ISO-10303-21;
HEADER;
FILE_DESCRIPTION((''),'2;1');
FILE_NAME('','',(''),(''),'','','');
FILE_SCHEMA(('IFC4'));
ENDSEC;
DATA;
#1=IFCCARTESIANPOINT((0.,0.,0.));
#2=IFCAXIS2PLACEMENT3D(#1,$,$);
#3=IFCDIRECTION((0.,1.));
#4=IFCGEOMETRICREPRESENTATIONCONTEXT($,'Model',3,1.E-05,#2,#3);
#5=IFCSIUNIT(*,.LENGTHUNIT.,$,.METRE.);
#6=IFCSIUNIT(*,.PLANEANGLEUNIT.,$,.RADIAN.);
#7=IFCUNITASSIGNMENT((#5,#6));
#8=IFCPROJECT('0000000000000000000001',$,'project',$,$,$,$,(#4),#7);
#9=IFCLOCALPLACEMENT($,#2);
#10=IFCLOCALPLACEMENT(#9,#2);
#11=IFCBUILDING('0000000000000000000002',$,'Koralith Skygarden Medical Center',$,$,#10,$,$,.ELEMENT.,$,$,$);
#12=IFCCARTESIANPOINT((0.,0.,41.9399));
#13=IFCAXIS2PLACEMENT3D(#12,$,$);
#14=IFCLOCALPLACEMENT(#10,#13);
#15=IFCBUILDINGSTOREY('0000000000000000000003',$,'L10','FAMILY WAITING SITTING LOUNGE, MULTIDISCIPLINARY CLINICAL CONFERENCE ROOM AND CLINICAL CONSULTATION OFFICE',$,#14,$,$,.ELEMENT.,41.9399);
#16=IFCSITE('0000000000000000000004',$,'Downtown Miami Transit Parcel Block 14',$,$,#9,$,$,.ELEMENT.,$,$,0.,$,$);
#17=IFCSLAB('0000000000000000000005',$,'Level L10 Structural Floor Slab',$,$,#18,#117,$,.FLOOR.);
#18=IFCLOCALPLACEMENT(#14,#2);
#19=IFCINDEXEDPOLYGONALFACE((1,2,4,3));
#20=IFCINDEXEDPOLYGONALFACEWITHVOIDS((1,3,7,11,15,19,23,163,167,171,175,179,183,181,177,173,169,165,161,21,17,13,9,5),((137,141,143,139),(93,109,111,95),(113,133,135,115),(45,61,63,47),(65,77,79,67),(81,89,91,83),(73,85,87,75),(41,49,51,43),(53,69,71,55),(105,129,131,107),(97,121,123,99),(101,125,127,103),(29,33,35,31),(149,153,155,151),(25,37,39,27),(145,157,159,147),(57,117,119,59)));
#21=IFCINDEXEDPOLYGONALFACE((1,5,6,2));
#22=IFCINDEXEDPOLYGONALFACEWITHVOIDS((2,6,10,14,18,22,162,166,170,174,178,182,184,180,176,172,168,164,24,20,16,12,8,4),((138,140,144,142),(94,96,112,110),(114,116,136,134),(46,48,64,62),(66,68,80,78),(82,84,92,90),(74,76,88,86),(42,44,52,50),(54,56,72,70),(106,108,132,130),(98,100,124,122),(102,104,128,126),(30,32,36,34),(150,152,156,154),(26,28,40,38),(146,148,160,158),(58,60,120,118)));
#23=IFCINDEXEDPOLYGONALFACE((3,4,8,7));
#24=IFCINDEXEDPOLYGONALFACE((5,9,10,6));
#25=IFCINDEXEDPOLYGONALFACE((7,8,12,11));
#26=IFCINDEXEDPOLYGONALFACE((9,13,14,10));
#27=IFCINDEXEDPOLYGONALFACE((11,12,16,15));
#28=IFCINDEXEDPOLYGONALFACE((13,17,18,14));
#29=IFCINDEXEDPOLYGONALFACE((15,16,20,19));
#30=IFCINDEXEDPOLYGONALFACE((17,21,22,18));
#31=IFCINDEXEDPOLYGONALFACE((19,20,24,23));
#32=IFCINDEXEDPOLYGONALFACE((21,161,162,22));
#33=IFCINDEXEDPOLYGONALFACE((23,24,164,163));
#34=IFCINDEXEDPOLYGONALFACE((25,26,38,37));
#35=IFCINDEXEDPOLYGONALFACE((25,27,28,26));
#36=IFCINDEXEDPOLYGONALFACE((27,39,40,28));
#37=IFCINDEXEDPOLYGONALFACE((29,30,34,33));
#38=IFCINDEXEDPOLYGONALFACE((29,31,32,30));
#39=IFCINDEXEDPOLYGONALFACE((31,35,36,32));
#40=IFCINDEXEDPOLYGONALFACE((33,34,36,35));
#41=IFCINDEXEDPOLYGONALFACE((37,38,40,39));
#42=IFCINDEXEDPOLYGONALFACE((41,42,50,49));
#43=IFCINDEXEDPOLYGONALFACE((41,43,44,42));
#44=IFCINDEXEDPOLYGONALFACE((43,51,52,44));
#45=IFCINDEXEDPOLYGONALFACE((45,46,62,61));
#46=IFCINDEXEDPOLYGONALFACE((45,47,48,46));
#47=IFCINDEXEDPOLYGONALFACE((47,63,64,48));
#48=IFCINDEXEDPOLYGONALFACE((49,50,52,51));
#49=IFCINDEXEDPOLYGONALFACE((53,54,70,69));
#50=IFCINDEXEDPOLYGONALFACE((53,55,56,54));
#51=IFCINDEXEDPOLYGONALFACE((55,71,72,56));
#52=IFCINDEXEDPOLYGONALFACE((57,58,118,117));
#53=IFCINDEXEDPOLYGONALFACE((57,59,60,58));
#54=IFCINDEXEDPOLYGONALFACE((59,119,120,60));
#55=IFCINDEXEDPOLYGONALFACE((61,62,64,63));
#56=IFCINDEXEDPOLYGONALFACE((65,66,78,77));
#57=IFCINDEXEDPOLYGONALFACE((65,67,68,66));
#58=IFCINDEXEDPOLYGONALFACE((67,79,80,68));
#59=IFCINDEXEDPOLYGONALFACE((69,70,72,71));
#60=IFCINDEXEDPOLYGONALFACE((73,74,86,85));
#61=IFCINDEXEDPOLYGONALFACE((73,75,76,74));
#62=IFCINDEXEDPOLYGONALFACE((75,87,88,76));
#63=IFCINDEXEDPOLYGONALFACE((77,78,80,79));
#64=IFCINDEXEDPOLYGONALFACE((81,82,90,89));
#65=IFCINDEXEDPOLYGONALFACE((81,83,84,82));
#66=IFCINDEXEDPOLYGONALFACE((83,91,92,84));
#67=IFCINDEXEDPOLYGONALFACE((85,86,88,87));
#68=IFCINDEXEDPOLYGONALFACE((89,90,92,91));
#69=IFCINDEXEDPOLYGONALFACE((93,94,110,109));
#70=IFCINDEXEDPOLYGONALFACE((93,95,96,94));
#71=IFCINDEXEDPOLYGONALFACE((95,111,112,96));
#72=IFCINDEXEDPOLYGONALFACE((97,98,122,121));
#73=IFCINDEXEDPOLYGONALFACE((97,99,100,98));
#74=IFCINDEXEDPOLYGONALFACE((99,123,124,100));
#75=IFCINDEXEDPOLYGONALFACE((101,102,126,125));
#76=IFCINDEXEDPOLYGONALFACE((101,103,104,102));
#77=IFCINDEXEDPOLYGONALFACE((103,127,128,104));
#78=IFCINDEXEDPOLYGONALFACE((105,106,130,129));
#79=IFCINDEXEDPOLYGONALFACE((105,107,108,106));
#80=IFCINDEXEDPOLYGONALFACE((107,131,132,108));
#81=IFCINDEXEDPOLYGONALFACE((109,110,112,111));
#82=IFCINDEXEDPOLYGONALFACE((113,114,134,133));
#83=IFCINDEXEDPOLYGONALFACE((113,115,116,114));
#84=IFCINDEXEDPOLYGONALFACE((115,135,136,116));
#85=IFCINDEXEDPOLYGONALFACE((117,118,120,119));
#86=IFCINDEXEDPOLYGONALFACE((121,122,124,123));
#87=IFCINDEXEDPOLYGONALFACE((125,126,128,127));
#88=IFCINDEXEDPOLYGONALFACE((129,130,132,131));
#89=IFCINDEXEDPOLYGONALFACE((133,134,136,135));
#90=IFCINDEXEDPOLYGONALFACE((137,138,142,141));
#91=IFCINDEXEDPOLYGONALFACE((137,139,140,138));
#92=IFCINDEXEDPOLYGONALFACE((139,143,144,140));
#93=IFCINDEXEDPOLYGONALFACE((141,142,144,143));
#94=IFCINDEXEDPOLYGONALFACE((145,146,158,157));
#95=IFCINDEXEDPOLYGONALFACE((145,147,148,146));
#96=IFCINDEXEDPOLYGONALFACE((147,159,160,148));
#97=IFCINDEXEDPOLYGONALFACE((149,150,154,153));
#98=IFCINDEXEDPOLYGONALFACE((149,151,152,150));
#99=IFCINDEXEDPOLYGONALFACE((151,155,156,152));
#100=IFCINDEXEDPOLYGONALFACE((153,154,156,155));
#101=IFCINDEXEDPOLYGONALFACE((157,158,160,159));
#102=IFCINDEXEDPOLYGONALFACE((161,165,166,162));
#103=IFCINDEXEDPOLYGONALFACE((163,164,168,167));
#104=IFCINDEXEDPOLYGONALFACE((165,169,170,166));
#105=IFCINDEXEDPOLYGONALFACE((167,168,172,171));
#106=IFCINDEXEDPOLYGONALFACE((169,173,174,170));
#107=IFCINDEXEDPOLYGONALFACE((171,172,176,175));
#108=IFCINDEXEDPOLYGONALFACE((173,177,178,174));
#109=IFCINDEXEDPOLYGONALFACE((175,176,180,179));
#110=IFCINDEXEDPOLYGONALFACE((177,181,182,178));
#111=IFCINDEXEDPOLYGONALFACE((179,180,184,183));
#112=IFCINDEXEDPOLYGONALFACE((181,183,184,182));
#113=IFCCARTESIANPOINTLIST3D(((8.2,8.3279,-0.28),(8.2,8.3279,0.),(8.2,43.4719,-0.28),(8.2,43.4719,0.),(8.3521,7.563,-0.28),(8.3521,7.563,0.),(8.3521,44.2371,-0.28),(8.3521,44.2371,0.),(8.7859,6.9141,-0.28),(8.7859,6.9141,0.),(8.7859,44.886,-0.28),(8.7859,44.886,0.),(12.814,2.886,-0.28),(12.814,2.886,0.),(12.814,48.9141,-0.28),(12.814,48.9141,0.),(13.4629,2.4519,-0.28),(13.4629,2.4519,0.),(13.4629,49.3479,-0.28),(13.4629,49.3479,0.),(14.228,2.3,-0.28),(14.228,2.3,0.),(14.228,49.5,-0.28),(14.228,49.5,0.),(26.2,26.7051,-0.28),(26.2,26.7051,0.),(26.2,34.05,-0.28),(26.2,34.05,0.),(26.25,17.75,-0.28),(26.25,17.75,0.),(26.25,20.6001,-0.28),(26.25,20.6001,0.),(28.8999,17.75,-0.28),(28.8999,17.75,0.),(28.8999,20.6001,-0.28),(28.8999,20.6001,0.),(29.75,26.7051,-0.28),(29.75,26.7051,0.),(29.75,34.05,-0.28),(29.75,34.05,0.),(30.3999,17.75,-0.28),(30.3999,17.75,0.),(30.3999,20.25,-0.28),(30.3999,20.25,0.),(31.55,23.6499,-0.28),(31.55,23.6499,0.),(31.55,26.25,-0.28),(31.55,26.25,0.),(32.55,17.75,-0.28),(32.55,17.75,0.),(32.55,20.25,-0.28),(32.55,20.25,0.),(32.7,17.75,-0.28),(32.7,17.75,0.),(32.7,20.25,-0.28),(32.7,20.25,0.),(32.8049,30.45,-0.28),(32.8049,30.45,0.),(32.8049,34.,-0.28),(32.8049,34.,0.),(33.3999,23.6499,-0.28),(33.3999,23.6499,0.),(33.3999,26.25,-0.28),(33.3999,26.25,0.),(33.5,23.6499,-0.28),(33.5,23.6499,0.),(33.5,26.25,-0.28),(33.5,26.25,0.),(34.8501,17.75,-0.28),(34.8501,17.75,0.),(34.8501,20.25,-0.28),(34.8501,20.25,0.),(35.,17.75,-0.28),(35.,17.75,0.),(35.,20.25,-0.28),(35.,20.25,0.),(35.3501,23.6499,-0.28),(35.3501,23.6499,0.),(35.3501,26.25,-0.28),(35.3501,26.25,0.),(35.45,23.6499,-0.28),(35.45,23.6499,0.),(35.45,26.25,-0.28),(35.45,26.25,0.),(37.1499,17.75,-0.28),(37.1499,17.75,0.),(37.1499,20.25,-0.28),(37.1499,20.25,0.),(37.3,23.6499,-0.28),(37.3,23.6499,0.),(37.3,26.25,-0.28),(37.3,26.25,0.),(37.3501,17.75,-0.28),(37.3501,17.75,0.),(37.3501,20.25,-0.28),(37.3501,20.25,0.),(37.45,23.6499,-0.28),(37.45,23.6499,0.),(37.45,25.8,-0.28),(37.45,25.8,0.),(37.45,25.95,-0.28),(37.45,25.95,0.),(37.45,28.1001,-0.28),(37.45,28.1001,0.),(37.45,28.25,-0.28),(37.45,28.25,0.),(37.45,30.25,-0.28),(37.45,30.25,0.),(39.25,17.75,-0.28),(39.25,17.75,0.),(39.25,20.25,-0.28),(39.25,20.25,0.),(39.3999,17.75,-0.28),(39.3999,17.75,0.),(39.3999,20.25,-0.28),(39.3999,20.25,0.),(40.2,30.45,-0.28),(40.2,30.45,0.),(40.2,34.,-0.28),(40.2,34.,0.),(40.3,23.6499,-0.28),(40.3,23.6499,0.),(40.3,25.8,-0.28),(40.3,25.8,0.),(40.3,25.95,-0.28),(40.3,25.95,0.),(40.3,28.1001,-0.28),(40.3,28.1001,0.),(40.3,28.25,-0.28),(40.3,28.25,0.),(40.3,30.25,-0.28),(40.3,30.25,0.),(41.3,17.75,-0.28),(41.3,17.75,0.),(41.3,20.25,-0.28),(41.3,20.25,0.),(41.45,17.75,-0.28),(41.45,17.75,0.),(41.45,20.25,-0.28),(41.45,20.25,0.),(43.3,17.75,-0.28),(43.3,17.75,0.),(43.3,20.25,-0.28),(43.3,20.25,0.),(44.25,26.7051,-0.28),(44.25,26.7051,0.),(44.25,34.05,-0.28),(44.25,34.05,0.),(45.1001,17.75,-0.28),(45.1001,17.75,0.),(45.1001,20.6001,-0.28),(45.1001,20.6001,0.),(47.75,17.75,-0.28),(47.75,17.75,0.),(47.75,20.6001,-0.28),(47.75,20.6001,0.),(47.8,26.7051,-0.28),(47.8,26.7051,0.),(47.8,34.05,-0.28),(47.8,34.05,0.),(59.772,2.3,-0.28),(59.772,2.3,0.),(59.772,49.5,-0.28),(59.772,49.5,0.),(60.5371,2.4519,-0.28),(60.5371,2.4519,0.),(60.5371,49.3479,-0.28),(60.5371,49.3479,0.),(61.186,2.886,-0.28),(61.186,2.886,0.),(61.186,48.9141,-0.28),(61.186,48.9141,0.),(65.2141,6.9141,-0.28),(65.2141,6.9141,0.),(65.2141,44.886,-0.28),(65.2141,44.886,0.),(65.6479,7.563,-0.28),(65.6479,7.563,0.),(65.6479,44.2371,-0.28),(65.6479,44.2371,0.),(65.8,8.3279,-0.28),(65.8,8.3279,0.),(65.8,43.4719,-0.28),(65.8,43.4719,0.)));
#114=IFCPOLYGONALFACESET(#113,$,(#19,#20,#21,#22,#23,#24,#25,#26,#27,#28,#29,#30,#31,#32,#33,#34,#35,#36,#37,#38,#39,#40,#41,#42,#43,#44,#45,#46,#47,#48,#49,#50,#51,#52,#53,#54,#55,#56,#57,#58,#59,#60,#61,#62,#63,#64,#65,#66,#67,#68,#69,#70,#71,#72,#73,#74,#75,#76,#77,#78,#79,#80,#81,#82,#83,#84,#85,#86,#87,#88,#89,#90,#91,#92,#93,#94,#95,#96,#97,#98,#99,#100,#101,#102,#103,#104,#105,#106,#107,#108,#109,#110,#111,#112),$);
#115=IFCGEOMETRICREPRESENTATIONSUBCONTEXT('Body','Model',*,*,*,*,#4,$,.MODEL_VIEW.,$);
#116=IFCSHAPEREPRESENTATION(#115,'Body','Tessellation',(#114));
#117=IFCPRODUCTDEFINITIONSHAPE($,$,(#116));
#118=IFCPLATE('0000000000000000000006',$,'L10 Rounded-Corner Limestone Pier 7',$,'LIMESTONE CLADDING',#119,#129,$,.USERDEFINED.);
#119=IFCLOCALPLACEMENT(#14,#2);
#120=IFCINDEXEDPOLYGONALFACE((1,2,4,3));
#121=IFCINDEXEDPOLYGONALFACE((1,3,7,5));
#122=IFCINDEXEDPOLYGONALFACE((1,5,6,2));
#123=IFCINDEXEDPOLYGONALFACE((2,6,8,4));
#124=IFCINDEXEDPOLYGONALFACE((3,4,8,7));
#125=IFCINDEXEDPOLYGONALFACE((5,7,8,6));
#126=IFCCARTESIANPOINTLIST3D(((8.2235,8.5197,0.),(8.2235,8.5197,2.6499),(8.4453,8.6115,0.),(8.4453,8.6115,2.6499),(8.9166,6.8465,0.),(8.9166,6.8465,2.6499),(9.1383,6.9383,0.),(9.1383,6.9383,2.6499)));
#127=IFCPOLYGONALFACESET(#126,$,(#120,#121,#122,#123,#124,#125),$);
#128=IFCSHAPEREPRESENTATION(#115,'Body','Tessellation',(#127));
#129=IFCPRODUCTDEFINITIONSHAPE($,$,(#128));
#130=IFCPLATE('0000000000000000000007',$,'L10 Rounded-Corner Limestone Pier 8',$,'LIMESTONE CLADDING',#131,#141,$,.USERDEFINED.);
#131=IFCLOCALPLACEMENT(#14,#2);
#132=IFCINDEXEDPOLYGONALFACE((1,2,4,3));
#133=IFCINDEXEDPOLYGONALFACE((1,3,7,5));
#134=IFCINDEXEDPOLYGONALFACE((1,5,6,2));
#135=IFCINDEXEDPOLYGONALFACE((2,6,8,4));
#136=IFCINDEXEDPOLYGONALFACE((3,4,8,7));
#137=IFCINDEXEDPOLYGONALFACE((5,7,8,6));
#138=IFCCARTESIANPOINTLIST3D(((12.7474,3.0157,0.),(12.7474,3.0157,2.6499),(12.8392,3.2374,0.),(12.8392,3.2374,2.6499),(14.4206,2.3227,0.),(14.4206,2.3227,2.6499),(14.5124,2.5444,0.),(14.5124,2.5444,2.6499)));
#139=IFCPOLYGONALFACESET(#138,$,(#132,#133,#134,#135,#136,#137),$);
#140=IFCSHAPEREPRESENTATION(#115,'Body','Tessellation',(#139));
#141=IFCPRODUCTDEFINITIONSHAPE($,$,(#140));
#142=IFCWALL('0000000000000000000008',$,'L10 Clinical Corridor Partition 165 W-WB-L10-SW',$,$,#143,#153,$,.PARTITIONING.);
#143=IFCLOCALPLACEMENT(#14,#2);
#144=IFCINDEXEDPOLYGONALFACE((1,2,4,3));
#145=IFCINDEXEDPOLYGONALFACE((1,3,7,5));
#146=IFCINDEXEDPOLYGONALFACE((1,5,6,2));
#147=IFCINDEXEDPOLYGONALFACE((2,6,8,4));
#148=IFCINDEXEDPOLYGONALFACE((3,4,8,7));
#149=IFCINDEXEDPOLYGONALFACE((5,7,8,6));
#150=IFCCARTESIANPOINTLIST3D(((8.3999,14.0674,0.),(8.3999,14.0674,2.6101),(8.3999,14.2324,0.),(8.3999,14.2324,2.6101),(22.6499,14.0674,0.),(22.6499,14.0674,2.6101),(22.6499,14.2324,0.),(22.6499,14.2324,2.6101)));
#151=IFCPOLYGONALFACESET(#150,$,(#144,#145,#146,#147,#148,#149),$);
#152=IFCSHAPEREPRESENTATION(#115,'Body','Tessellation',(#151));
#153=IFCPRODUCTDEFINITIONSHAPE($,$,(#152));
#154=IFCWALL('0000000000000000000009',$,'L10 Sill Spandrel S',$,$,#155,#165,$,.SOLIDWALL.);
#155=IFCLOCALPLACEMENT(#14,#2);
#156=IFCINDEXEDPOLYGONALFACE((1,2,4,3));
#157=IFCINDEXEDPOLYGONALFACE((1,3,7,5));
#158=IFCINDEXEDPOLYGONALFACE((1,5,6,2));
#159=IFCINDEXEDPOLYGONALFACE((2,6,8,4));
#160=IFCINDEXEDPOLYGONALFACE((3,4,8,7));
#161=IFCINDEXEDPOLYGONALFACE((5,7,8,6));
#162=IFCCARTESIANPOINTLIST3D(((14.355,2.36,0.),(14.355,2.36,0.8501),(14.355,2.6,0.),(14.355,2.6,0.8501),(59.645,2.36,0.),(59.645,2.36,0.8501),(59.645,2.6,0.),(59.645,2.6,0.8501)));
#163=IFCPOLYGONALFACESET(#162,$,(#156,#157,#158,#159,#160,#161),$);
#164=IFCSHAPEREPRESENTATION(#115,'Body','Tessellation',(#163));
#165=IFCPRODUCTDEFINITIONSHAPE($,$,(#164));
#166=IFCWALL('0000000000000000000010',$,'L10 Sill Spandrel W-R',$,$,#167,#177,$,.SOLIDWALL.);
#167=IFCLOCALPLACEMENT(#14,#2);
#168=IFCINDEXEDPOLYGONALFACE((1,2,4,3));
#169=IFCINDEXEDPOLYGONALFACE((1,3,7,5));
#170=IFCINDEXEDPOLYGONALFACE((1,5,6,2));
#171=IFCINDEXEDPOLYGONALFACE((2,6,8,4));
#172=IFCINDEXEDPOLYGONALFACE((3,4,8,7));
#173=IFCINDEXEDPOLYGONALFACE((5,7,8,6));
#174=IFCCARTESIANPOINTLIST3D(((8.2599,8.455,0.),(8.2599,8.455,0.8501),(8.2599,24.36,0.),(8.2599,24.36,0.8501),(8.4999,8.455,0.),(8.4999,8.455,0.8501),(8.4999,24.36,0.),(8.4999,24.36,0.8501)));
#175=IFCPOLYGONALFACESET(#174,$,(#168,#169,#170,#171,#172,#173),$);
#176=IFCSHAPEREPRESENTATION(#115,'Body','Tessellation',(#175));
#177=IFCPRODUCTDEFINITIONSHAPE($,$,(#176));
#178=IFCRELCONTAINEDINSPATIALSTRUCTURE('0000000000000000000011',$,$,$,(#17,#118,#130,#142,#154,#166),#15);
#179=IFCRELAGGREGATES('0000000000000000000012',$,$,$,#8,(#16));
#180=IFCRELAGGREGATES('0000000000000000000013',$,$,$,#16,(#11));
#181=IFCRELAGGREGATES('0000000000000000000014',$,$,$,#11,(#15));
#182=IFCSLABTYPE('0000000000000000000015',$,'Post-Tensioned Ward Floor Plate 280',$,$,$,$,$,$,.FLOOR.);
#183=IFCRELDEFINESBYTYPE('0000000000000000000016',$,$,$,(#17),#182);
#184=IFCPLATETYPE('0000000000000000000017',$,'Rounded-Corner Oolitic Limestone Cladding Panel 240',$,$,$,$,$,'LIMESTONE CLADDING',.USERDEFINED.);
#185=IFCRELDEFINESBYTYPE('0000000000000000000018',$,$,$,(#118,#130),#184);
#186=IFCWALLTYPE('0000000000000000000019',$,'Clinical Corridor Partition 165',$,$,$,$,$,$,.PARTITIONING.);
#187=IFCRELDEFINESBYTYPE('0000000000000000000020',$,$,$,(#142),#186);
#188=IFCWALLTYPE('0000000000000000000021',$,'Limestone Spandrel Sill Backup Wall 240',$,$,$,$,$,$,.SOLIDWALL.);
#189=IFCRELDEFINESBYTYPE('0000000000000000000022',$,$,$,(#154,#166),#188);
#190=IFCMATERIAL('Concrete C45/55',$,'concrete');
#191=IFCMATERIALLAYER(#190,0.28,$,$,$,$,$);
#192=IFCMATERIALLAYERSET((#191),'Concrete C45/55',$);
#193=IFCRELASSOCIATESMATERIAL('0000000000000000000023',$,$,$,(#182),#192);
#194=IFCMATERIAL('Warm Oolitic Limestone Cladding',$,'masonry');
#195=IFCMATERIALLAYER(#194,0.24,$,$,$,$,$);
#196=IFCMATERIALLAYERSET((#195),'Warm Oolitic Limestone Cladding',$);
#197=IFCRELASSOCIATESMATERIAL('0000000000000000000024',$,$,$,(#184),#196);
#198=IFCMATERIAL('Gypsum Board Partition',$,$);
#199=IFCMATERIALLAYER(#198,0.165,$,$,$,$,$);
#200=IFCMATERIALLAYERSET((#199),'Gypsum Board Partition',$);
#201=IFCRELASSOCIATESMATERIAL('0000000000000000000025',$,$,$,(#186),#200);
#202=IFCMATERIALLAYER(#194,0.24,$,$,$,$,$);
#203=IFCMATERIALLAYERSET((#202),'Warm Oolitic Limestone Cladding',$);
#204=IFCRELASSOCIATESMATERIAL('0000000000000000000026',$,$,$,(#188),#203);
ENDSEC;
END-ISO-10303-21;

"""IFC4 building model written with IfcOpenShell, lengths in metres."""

from ifc_helpers import new_model, si_unit, direction, frame, frame_2d, origin, origin_2d, place, context, subcontext, project, spatial, polyline, rectangle, outline, extrude, material, layer, layer_set, type_object, element, save


model = new_model("IFC4")

# Units and contexts
model_context = context("Model", 3, precision=1e-05, world=origin(), true_north=direction((0.0, 1.0)))
body_context = subcontext(model_context, "Body", "Model", "MODEL_VIEW")
ifc_project = project(units=[si_unit("LENGTHUNIT", "METRE"), si_unit("PLANEANGLEUNIT", "RADIAN")], contexts=[model_context])

# Site, building, storey
site_placement = place(None, origin())
site = spatial("IfcSite", under=ifc_project, at=site_placement, Name="Downtown Miami Transit Parcel Block 14", CompositionType="ELEMENT", RefElevation=0.0)
building_placement = place(site_placement, origin())
building = spatial("IfcBuilding", under=site, at=building_placement, Name="Koralith Skygarden Medical Center", CompositionType="ELEMENT")
storey_placement = place(building_placement, frame((0.0, 0.0, 41.9399)))
storey = spatial("IfcBuildingStorey", under=building, at=storey_placement, Name="L10", Description="FAMILY WAITING SITTING LOUNGE, MULTIDISCIPLINARY CLINICAL CONFERENCE ROOM AND CLINICAL CONSULTATION OFFICE", CompositionType="ELEMENT", Elevation=41.9399)

# Shared definitions
ifc_material_1 = material(Name="Concrete C45/55", Category="concrete")

# Slab
ifc_layer_1 = layer(ifc_material_1, 0.28)
ifc_layer_set_1 = layer_set([ifc_layer_1], Name="Concrete C45/55")
slab_type_1 = type_object("IfcSlabType", Name="Post-Tensioned Ward Floor Plate 280", PredefinedType="FLOOR", material=ifc_layer_set_1)
slab_1_placement = place(storey_placement, frame((0.0, 0.0, -0.28)))
element("IfcSlab", 1, at=slab_1_placement, inside=storey, type_object=slab_type_1, Name="Level L10 Structural Floor Slab", PredefinedType="FLOOR", context=body_context, shape_type="SweptSolid", body=[
    extrude(outline(polyline([(12.814, 2.886), (13.4629, 2.4519), (14.228, 2.3), (59.772, 2.3), (60.5371, 2.4519), (61.186, 2.886), (65.2141, 6.9141), (65.6479, 7.563), (65.8, 8.3279), (65.8, 43.4719), (65.6479, 44.2371), (65.2141, 44.886), (61.186, 48.9141), (60.5371, 49.3479), (59.772, 49.5), (14.228, 49.5), (13.4629, 49.3479), (12.814, 48.9141), (8.7859, 44.886), (8.3521, 44.2371), (8.2, 43.4719), (8.2, 8.3279), (8.3521, 7.563), (8.7859, 6.9141), (12.814, 2.886)]), holes=[polyline([(26.2, 26.7051), (29.75, 26.7051), (29.75, 34.05), (26.2, 34.05), (26.2, 26.7051)]), polyline([(44.25, 26.7051), (47.8, 26.7051), (47.8, 34.05), (44.25, 34.05), (44.25, 26.7051)]), polyline([(32.8049, 30.45), (40.2, 30.45), (40.2, 34.0), (32.8049, 34.0), (32.8049, 30.45)]), polyline([(26.25, 17.75), (28.8999, 17.75), (28.8999, 20.6001), (26.25, 20.6001), (26.25, 17.75)]), polyline([(45.1001, 17.75), (47.75, 17.75), (47.75, 20.6001), (45.1001, 20.6001), (45.1001, 17.75)]), polyline([(30.3999, 17.75), (32.55, 17.75), (32.55, 20.25), (30.3999, 20.25), (30.3999, 17.75)]), polyline([(32.7, 17.75), (34.8501, 17.75), (34.8501, 20.25), (32.7, 20.25), (32.7, 17.75)]), polyline([(35.0, 17.75), (37.1499, 17.75), (37.1499, 20.25), (35.0, 20.25), (35.0, 17.75)]), polyline([(37.3501, 17.75), (39.25, 17.75), (39.25, 20.25), (37.3501, 20.25), (37.3501, 17.75)]), polyline([(39.3999, 17.75), (41.3, 17.75), (41.3, 20.25), (39.3999, 20.25), (39.3999, 17.75)]), polyline([(41.45, 17.75), (43.3, 17.75), (43.3, 20.25), (41.45, 20.25), (41.45, 17.75)]), polyline([(31.55, 23.6499), (33.3999, 23.6499), (33.3999, 26.25), (31.55, 26.25), (31.55, 23.6499)]), polyline([(33.5, 23.6499), (35.3501, 23.6499), (35.3501, 26.25), (33.5, 26.25), (33.5, 23.6499)]), polyline([(35.45, 23.6499), (37.3, 23.6499), (37.3, 26.25), (35.45, 26.25), (35.45, 23.6499)]), polyline([(37.45, 23.6499), (40.3, 23.6499), (40.3, 25.8), (37.45, 25.8), (37.45, 23.6499)]), polyline([(37.45, 25.95), (40.3, 25.95), (40.3, 28.1001), (37.45, 28.1001), (37.45, 25.95)]), polyline([(37.45, 28.25), (40.3, 28.25), (40.3, 30.25), (37.45, 30.25), (37.45, 28.25)])]), origin(), (0.0, 0.0, 1.0), 0.28),
])

# Plates
ifc_material_2 = material(Name="Warm Oolitic Limestone Cladding", Category="masonry")
ifc_layer_2 = layer(ifc_material_2, 0.24)
ifc_layer_set_2 = layer_set([ifc_layer_2], Name="Warm Oolitic Limestone Cladding")
plate_type_1 = type_object("IfcPlateType", Name="Rounded-Corner Oolitic Limestone Cladding Panel 240", ElementType="LIMESTONE CLADDING", PredefinedType="USERDEFINED", material=ifc_layer_set_2)
for number, where, z_axis, x_axis, name in (
    (2, (8.6809, 7.729, 0.0), (0.0, 0.0, 1.0), (0.382671, -0.923885, 0.0), "L10 Rounded-Corner Limestone Pier 7"),
    (3, (13.6299, 2.78, 0.0), (0.0, 0.0, 1.0), (0.923885, -0.382671, 0.0), "L10 Rounded-Corner Limestone Pier 8"),
):
    element("IfcPlate", number, at=place(storey_placement, frame(where, z_axis=z_axis, x_axis=x_axis)), inside=storey, type_object=plate_type_1, Name=name, ObjectType="LIMESTONE CLADDING", PredefinedType="USERDEFINED", context=body_context, shape_type="SweptSolid", body=[
        extrude(rectangle(XDim=1.811, YDim=0.24, at=origin_2d()), origin(), (0.0, 0.0, 1.0), 2.6499),
    ])

# Walls
ifc_material_3 = material(Name="Gypsum Board Partition")
ifc_layer_3 = layer(ifc_material_3, 0.165)
ifc_layer_set_3 = layer_set([ifc_layer_3], Name="Gypsum Board Partition")
wall_type_1 = type_object("IfcWallType", Name="Clinical Corridor Partition 165", PredefinedType="PARTITIONING", material=ifc_layer_set_3)
wall_1_placement = place(storey_placement, frame((8.3999, 14.1499, 0.0), z_axis=(0.0, 0.0, 1.0), x_axis=(1.0, 0.0, 0.0)))
element("IfcWall", 4, at=wall_1_placement, inside=storey, type_object=wall_type_1, Name="L10 Clinical Corridor Partition 165 W-WB-L10-SW", PredefinedType="PARTITIONING", context=body_context, shape_type="SweptSolid", body=[
    extrude(rectangle(XDim=14.25, YDim=0.165, at=frame_2d((7.125, 0.0))), origin(), (0.0, 0.0, 1.0), 2.6101),
])
ifc_layer_4 = layer(ifc_material_2, 0.24)
ifc_layer_set_4 = layer_set([ifc_layer_4], Name="Warm Oolitic Limestone Cladding")
wall_type_2 = type_object("IfcWallType", Name="Limestone Spandrel Sill Backup Wall 240", PredefinedType="SOLIDWALL", material=ifc_layer_set_4)
wall_2_placement = place(storey_placement, frame((14.355, 2.48, 0.0), z_axis=(0.0, 0.0, 1.0), x_axis=(1.0, 0.0, 0.0)))
element("IfcWall", 5, at=wall_2_placement, inside=storey, type_object=wall_type_2, Name="L10 Sill Spandrel S", PredefinedType="SOLIDWALL", context=body_context, shape_type="SweptSolid", body=[
    extrude(rectangle(XDim=45.29, YDim=0.24, at=frame_2d((22.645, 0.0))), origin(), (0.0, 0.0, 1.0), 0.8501),
])
wall_3_placement = place(storey_placement, frame((8.3799, 24.3601, 0.0), z_axis=(0.0, 0.0, 1.0), x_axis=(0.0, -1.0, 0.0)))
element("IfcWall", 6, at=wall_3_placement, inside=storey, type_object=wall_type_2, Name="L10 Sill Spandrel W-R", PredefinedType="SOLIDWALL", context=body_context, shape_type="SweptSolid", body=[
    extrude(rectangle(XDim=15.905, YDim=0.24, at=frame_2d((7.9526, 0.0))), origin(), (0.0, 0.0, 1.0), 0.8501),
])

save(model, "model.ifc")
